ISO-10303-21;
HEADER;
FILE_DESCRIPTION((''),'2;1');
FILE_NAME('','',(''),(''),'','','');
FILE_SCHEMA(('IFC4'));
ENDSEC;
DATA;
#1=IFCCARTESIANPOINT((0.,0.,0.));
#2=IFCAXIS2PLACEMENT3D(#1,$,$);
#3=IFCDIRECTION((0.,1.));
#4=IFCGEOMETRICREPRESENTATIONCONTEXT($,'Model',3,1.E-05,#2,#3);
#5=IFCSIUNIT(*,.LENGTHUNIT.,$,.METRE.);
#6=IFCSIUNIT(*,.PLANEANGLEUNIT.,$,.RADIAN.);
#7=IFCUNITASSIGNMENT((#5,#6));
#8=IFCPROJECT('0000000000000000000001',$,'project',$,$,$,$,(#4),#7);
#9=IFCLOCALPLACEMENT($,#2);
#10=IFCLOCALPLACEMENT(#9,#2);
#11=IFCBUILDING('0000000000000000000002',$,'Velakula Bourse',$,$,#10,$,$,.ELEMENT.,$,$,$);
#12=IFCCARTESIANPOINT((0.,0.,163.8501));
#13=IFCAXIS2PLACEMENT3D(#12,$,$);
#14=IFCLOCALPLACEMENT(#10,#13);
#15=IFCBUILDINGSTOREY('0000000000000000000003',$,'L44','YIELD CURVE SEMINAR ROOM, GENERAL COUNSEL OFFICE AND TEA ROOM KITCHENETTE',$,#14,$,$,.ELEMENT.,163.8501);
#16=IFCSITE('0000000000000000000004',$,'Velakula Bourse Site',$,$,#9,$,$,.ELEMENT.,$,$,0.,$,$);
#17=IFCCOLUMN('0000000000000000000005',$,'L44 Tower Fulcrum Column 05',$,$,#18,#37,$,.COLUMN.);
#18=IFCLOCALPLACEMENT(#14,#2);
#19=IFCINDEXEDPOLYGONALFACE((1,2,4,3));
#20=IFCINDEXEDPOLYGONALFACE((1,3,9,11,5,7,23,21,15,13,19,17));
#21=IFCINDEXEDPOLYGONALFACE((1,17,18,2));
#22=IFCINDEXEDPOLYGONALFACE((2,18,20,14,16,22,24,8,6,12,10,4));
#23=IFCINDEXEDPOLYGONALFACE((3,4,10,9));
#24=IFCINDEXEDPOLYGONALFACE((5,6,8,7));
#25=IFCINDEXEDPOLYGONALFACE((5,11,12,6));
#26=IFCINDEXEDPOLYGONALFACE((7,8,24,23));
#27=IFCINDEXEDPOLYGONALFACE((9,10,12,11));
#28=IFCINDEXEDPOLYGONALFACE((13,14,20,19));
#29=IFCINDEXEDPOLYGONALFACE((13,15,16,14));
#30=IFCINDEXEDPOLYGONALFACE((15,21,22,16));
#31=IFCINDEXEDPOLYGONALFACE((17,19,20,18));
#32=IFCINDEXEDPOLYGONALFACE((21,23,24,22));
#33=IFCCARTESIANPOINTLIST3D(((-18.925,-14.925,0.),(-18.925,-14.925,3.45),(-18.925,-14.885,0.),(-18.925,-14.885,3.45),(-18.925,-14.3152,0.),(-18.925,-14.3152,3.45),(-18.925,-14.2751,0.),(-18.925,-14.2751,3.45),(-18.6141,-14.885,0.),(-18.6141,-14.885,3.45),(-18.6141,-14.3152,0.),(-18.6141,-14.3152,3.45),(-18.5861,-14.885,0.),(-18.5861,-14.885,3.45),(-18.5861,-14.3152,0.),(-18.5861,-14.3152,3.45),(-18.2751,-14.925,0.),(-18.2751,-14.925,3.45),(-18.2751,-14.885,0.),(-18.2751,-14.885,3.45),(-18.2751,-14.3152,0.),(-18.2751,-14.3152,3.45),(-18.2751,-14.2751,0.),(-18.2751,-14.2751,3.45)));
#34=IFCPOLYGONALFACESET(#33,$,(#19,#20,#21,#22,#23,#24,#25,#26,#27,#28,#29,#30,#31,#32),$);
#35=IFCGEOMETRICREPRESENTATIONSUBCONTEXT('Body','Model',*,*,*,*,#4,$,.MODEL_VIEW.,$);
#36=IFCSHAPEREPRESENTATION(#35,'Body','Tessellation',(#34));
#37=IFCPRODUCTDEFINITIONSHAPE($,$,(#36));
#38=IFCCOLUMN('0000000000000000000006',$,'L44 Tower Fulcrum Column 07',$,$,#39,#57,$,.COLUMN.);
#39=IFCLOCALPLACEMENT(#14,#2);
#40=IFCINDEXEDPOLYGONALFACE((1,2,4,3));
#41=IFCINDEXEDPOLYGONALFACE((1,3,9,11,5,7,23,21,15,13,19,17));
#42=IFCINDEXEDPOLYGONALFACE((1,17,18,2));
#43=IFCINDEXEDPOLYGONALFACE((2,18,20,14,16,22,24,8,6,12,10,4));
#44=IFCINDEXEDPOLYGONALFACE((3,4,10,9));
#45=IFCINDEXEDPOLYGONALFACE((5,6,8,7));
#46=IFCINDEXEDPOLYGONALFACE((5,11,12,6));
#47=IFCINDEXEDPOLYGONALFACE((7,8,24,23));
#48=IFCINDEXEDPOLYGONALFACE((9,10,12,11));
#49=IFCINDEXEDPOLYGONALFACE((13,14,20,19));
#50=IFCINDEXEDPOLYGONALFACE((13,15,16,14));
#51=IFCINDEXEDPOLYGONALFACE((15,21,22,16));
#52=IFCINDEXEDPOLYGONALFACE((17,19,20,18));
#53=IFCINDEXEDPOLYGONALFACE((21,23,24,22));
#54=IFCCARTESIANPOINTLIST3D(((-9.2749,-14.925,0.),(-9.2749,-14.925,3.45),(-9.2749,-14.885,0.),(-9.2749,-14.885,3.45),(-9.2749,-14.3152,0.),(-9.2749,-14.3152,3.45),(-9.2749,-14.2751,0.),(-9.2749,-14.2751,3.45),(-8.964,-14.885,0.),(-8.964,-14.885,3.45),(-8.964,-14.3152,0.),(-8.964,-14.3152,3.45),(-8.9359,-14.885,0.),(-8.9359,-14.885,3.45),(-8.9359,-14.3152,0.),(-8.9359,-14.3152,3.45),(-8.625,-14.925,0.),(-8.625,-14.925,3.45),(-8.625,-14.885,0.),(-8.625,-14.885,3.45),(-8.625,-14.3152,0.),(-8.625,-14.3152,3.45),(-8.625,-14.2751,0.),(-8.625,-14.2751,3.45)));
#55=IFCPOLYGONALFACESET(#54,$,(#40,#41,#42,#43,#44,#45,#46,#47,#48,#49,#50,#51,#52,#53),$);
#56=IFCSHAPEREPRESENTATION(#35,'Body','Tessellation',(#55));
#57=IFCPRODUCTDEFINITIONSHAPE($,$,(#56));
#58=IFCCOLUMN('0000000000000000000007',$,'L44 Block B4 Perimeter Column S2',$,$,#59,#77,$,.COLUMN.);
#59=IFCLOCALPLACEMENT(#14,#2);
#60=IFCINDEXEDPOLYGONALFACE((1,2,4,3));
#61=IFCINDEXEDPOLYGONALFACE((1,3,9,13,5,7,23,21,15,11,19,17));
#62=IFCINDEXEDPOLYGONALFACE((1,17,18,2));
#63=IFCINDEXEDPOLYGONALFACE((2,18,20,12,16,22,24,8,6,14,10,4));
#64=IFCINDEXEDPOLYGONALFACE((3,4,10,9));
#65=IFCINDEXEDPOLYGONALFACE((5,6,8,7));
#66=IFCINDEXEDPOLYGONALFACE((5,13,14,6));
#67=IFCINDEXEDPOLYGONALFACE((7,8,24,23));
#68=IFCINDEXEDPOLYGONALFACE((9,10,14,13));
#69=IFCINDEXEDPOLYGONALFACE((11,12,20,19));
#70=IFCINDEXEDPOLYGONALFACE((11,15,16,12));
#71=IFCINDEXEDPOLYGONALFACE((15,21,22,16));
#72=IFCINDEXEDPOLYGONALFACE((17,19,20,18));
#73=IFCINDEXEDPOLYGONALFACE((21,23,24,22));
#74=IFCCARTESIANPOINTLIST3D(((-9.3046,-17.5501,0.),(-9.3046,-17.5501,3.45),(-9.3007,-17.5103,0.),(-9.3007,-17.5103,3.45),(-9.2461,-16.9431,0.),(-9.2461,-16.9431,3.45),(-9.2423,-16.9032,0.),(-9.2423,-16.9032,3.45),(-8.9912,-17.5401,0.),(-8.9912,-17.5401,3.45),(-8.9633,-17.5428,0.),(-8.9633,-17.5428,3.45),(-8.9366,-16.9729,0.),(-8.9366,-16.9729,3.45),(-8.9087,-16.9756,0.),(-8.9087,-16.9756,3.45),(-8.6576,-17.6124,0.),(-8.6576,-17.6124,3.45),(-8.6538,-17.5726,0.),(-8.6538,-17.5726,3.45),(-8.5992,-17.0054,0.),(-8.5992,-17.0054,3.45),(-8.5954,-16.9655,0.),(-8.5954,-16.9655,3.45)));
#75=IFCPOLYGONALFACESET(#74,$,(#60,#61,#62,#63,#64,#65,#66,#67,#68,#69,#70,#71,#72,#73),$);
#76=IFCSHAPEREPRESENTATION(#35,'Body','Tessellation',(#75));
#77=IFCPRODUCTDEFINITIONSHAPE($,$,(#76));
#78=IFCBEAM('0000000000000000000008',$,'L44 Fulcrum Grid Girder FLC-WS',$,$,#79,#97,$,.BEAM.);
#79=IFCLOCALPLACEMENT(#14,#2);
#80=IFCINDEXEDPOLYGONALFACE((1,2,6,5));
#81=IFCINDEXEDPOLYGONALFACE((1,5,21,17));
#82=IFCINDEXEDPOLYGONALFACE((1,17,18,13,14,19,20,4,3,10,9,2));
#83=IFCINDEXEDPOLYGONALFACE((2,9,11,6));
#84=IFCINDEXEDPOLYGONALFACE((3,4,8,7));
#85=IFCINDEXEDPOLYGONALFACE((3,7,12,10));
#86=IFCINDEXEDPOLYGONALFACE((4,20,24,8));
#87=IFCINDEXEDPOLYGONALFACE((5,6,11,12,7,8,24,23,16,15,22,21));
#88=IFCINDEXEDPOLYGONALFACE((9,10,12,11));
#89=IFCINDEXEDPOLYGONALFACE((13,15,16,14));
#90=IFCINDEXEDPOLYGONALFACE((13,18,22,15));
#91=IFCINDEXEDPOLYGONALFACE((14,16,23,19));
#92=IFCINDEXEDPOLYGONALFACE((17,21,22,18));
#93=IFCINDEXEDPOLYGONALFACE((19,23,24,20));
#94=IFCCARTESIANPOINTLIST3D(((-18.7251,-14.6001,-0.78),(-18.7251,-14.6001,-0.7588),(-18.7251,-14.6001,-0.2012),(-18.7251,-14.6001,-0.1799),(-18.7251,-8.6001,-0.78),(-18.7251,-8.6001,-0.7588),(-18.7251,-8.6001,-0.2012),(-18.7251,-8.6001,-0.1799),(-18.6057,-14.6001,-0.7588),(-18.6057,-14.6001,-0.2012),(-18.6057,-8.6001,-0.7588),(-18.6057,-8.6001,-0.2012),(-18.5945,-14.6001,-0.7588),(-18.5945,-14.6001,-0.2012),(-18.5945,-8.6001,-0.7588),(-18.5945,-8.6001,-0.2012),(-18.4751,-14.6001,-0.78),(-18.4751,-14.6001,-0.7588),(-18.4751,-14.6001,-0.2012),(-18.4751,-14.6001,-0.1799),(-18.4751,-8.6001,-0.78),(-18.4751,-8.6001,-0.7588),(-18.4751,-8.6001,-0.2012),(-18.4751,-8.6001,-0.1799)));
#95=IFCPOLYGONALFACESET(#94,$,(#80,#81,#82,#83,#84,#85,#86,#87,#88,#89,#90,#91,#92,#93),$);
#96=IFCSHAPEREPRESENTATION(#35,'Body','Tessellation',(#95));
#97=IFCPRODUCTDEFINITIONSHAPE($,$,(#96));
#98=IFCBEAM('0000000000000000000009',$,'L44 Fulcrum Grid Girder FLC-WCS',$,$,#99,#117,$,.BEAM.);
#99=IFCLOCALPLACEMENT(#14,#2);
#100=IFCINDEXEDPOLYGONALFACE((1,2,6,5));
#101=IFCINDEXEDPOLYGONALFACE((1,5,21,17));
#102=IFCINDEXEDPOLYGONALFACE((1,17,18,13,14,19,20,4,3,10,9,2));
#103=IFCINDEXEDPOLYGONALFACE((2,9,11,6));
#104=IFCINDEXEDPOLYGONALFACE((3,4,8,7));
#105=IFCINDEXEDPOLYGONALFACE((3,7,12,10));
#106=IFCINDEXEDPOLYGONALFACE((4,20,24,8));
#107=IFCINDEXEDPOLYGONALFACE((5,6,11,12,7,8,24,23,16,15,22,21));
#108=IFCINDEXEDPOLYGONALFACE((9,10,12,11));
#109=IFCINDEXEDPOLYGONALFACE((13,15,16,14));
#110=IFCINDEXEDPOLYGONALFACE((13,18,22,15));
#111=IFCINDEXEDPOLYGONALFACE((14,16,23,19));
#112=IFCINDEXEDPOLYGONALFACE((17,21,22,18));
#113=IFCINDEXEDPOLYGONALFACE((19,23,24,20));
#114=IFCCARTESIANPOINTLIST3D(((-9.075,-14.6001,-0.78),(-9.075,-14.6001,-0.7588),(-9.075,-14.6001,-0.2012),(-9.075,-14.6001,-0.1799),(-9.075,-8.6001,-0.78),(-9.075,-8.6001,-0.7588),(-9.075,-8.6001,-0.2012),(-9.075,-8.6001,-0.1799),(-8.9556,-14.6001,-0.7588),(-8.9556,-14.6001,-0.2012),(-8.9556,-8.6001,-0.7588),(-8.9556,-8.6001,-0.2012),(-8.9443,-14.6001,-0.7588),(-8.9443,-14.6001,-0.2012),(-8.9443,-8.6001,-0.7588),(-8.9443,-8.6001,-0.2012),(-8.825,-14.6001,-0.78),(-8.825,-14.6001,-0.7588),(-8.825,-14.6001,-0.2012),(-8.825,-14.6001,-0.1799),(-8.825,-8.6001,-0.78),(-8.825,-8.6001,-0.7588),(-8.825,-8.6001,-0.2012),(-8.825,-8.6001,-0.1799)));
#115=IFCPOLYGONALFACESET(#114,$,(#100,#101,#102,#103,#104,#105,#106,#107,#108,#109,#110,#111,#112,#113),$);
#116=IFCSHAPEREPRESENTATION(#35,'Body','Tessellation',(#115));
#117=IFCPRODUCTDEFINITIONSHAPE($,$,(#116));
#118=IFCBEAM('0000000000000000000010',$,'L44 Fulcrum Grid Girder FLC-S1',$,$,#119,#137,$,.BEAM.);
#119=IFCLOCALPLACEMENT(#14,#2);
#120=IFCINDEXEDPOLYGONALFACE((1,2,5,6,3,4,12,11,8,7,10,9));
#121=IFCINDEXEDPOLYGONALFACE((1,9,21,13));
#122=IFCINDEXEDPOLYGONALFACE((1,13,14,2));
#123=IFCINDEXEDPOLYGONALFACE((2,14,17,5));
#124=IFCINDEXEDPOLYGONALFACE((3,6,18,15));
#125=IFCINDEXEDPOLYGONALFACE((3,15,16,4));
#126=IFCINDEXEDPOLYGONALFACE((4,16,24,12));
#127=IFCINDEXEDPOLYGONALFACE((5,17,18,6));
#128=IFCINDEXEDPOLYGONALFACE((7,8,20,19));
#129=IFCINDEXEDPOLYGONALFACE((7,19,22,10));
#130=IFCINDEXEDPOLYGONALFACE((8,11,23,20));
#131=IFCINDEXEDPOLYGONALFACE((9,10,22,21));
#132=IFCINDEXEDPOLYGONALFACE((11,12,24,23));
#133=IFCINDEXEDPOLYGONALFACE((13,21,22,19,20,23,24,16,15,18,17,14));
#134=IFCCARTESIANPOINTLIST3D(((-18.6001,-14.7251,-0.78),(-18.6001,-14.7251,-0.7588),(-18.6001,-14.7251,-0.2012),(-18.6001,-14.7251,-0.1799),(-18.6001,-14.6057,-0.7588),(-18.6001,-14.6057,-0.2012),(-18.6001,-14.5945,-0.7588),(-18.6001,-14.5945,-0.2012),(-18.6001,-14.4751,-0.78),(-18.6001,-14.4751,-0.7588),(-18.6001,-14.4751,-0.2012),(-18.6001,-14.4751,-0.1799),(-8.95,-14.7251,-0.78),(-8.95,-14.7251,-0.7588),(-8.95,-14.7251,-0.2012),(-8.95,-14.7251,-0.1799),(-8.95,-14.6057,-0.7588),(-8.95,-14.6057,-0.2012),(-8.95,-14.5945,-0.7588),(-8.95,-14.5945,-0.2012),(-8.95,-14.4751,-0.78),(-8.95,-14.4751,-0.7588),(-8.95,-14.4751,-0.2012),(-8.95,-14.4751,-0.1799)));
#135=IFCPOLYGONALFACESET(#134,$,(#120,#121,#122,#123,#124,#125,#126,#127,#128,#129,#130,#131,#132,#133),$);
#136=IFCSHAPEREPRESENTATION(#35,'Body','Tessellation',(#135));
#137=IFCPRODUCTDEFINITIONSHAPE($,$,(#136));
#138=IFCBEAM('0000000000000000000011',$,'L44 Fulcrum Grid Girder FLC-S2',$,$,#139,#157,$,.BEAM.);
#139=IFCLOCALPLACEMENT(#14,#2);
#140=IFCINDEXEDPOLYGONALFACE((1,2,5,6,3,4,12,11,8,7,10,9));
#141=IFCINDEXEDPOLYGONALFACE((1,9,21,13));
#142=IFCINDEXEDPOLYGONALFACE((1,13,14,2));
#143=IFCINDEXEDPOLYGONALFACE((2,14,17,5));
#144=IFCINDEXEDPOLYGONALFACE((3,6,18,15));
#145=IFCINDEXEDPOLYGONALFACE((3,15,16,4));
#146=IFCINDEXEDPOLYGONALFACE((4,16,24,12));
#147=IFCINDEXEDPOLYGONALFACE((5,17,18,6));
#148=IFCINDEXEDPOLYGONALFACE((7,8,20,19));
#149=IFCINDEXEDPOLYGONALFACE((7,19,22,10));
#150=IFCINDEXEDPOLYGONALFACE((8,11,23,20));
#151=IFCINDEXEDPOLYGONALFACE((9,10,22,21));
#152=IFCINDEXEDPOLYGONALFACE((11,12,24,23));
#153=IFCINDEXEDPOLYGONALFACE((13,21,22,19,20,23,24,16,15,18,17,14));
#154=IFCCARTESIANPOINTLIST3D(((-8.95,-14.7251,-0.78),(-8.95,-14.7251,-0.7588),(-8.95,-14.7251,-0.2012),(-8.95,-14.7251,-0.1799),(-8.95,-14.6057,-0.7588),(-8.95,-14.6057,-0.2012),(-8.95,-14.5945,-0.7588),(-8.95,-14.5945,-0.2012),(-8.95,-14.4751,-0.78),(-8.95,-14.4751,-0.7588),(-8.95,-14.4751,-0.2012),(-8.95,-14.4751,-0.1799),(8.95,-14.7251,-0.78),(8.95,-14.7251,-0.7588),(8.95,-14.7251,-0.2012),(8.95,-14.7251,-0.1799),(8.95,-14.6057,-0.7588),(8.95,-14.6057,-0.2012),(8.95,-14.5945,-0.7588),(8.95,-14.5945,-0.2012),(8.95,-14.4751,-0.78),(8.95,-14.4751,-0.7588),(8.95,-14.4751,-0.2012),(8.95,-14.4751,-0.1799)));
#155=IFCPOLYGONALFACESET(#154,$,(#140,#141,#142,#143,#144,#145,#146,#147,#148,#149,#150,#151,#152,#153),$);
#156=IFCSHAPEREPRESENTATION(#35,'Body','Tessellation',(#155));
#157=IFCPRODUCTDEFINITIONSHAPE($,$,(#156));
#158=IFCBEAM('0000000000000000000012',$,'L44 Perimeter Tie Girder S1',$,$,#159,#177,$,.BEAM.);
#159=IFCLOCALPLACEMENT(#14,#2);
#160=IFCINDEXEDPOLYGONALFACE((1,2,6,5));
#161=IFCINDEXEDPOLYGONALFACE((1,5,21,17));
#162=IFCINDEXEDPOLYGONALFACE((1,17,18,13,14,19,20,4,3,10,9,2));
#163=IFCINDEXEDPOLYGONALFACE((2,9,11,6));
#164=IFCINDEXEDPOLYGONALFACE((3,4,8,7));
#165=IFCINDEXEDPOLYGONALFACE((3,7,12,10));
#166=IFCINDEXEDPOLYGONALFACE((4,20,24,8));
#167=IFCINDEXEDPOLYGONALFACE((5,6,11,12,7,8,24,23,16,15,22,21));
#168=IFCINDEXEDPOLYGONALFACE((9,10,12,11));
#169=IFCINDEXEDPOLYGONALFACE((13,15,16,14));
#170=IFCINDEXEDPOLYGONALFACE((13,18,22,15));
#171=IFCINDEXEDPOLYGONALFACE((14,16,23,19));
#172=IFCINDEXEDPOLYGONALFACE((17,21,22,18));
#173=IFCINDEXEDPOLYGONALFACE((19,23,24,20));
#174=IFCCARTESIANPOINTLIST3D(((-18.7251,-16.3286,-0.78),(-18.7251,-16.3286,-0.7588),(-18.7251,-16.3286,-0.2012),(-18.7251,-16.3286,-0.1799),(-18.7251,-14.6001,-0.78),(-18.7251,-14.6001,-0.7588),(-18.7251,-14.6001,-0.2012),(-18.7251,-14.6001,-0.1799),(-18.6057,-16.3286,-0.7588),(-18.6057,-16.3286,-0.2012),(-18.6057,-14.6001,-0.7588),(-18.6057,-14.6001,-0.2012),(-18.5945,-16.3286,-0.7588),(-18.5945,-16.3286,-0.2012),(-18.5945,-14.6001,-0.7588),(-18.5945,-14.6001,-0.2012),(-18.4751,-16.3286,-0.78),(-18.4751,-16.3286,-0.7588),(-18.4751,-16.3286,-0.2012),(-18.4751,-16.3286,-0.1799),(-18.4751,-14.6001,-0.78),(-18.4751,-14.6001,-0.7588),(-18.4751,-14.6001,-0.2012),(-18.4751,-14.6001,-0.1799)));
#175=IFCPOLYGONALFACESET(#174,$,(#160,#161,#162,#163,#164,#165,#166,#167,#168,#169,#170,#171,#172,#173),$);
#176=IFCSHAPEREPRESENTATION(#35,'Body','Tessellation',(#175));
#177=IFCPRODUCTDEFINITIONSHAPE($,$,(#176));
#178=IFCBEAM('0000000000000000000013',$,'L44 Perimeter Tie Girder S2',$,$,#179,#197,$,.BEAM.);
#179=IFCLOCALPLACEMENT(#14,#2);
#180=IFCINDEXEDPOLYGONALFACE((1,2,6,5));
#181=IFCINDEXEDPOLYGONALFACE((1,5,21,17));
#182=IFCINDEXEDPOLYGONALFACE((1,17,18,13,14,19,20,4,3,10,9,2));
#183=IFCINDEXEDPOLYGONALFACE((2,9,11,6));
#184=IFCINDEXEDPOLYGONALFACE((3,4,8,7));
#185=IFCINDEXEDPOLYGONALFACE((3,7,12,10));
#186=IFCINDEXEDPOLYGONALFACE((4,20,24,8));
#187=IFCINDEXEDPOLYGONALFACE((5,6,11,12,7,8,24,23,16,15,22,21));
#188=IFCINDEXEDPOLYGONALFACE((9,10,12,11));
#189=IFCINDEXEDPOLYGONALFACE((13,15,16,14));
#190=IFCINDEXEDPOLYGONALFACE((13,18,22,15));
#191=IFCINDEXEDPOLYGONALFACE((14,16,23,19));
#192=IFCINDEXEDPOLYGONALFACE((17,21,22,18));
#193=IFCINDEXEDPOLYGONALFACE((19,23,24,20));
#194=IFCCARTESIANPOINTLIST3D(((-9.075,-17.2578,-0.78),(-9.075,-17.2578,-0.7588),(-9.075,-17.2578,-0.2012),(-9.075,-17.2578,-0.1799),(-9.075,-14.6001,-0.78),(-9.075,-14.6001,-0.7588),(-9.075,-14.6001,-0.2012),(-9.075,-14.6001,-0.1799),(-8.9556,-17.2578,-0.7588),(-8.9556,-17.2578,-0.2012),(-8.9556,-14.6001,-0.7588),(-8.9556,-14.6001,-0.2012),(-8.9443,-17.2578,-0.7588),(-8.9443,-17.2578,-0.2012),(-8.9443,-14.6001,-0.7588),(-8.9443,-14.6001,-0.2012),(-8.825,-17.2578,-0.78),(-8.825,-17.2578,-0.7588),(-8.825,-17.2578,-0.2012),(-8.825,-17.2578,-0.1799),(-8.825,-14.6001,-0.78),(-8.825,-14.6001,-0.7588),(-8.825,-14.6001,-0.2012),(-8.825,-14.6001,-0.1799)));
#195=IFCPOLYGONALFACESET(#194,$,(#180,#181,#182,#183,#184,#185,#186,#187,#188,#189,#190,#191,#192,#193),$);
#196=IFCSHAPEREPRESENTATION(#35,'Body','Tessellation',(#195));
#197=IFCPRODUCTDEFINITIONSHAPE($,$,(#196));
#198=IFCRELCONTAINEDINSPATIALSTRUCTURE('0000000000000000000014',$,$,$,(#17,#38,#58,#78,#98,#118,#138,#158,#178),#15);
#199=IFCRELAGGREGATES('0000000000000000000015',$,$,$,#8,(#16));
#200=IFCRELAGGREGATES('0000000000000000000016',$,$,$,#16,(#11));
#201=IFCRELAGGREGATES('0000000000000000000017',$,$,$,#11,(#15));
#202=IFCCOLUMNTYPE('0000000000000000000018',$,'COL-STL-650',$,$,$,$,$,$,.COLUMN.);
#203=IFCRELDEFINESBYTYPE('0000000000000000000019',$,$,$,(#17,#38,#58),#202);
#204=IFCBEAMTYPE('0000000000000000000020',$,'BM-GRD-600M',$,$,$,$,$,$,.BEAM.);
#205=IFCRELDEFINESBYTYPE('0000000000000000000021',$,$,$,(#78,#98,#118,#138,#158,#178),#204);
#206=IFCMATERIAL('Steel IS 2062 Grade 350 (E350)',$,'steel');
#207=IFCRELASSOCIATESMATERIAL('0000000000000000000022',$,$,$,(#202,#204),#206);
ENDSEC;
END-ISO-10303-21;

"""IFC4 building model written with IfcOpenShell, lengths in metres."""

from ifc_helpers import new_model, si_unit, direction, frame, origin, origin_2d, place, context, subcontext, project, spatial, i_section, extrude, material, material_profile, profile_set, type_object, element, save


model = new_model("IFC4")

# Units and contexts
model_context = context("Model", 3, precision=1e-05, world=origin(), true_north=direction((0.0, 1.0)))
body_context = subcontext(model_context, "Body", "Model", "MODEL_VIEW")
ifc_project = project(units=[si_unit("LENGTHUNIT", "METRE"), si_unit("PLANEANGLEUNIT", "RADIAN")], contexts=[model_context])

# Site, building, storey
site_placement = place(None, origin())
site = spatial("IfcSite", under=ifc_project, at=site_placement, Name="Velakula Bourse Site", CompositionType="ELEMENT", RefElevation=0.0)
building_placement = place(site_placement, origin())
building = spatial("IfcBuilding", under=site, at=building_placement, Name="Velakula Bourse", CompositionType="ELEMENT")
storey_placement = place(building_placement, frame((0.0, 0.0, 163.8501)))
storey = spatial("IfcBuildingStorey", under=building, at=storey_placement, Name="L44", Description="YIELD CURVE SEMINAR ROOM, GENERAL COUNSEL OFFICE AND TEA ROOM KITCHENETTE", CompositionType="ELEMENT", Elevation=163.8501)

# Columns
ifc_material_1 = material(Name="Steel IS 2062 Grade 350 (E350)", Category="steel")
ifc_material_profile_1 = material_profile(ifc_material_1, i_section(OverallWidth=0.6499, OverallDepth=0.6499, WebThickness=0.0281, FlangeThickness=0.04, at=origin_2d()), Name="Steel IS 2062 Grade 350 (E350)")
ifc_profile_set_1 = profile_set([ifc_material_profile_1], Name="Steel IS 2062 Grade 350 (E350)")
column_type = type_object("IfcColumnType", Name="COL-STL-650", PredefinedType="COLUMN", material=ifc_profile_set_1)
for number, where, z_axis, x_axis, name in (
    (1, (-18.6001, -14.6001, 0.0), (0.0, 0.0, 1.0), (1.0, 0.0, 0.0), "L44 Tower Fulcrum Column 05"),
    (2, (-8.95, -14.6001, 0.0), (0.0, 0.0, 1.0), (1.0, 0.0, 0.0), "L44 Tower Fulcrum Column 07"),
    (3, (-8.95, -17.2578, 0.0), (0.0, 0.0, 1.0), (0.995396, -0.095846, 0.0), "L44 Block B4 Perimeter Column S2"),
):
    element("IfcColumn", number, at=place(storey_placement, frame(where, z_axis=z_axis, x_axis=x_axis)), inside=storey, type_object=column_type, Name=name, PredefinedType="COLUMN", context=body_context, shape_type="SweptSolid", body=[
        extrude(i_section(OverallWidth=0.6499, OverallDepth=0.6499, WebThickness=0.0281, FlangeThickness=0.04, at=origin_2d()), origin(), (0.0, 0.0, 1.0), 3.45),
    ])

# Beams
ifc_material_profile_2 = material_profile(ifc_material_1, i_section(OverallWidth=0.25, OverallDepth=0.6001, WebThickness=0.0112, FlangeThickness=0.0212, at=origin_2d()), Name="Steel IS 2062 Grade 350 (E350)")
ifc_profile_set_2 = profile_set([ifc_material_profile_2], Name="Steel IS 2062 Grade 350 (E350)")
beam_type_1 = type_object("IfcBeamType", Name="BM-GRD-600M", PredefinedType="BEAM", material=ifc_profile_set_2)
for number, where, z_axis, x_axis, name in (
    (4, (-18.6001, -14.6001, -0.48), (0.0, 1.0, 0.0), (-1.0, 0.0, 0.0), "L44 Fulcrum Grid Girder FLC-WS"),
    (5, (-8.95, -14.6001, -0.48), (0.0, 1.0, 0.0), (-1.0, 0.0, 0.0), "L44 Fulcrum Grid Girder FLC-WCS"),
):
    element("IfcBeam", number, at=place(storey_placement, frame(where, z_axis=z_axis, x_axis=x_axis)), inside=storey, type_object=beam_type_1, Name=name, PredefinedType="BEAM", context=body_context, shape_type="SweptSolid", body=[
        extrude(i_section(OverallWidth=0.25, OverallDepth=0.6001, WebThickness=0.0112, FlangeThickness=0.0212, at=origin_2d()), origin(), (0.0, 0.0, 1.0), 6.0),
    ])
beam_1_placement = place(storey_placement, frame((-18.6001, -14.6001, -0.48), z_axis=(1.0, 0.0, 0.0), x_axis=(0.0, 1.0, 0.0)))
element("IfcBeam", 6, at=beam_1_placement, inside=storey, type_object=beam_type_1, Name="L44 Fulcrum Grid Girder FLC-S1", PredefinedType="BEAM", context=body_context, shape_type="SweptSolid", body=[
    extrude(i_section(OverallWidth=0.25, OverallDepth=0.6001, WebThickness=0.0112, FlangeThickness=0.0212, at=origin_2d()), origin(), (0.0, 0.0, 1.0), 9.6501),
])
beam_2_placement = place(storey_placement, frame((-8.95, -14.6001, -0.48), z_axis=(1.0, 0.0, 0.0), x_axis=(0.0, 1.0, 0.0)))
element("IfcBeam", 7, at=beam_2_placement, inside=storey, type_object=beam_type_1, Name="L44 Fulcrum Grid Girder FLC-S2", PredefinedType="BEAM", context=body_context, shape_type="SweptSolid", body=[
    extrude(i_section(OverallWidth=0.25, OverallDepth=0.6001, WebThickness=0.0112, FlangeThickness=0.0212, at=origin_2d()), origin(), (0.0, 0.0, 1.0), 17.8999),
])
beam_3_placement = place(storey_placement, frame((-18.6001, -14.6001, -0.48), z_axis=(0.0, -1.0, 0.0), x_axis=(1.0, 0.0, 0.0)))
element("IfcBeam", 8, at=beam_3_placement, inside=storey, type_object=beam_type_1, Name="L44 Perimeter Tie Girder S1", PredefinedType="BEAM", context=body_context, shape_type="SweptSolid", body=[
    extrude(i_section(OverallWidth=0.25, OverallDepth=0.6001, WebThickness=0.0112, FlangeThickness=0.0212, at=origin_2d()), origin(), (0.0, 0.0, 1.0), 1.7285),
])
beam_4_placement = place(storey_placement, frame((-8.95, -14.6001, -0.48), z_axis=(0.0, -1.0, 0.0), x_axis=(1.0, 0.0, 0.0)))
element("IfcBeam", 9, at=beam_4_placement, inside=storey, type_object=beam_type_1, Name="L44 Perimeter Tie Girder S2", PredefinedType="BEAM", context=body_context, shape_type="SweptSolid", body=[
    extrude(i_section(OverallWidth=0.25, OverallDepth=0.6001, WebThickness=0.0112, FlangeThickness=0.0212, at=origin_2d()), origin(), (0.0, 0.0, 1.0), 2.6577),
])

save(model, "model.ifc")
